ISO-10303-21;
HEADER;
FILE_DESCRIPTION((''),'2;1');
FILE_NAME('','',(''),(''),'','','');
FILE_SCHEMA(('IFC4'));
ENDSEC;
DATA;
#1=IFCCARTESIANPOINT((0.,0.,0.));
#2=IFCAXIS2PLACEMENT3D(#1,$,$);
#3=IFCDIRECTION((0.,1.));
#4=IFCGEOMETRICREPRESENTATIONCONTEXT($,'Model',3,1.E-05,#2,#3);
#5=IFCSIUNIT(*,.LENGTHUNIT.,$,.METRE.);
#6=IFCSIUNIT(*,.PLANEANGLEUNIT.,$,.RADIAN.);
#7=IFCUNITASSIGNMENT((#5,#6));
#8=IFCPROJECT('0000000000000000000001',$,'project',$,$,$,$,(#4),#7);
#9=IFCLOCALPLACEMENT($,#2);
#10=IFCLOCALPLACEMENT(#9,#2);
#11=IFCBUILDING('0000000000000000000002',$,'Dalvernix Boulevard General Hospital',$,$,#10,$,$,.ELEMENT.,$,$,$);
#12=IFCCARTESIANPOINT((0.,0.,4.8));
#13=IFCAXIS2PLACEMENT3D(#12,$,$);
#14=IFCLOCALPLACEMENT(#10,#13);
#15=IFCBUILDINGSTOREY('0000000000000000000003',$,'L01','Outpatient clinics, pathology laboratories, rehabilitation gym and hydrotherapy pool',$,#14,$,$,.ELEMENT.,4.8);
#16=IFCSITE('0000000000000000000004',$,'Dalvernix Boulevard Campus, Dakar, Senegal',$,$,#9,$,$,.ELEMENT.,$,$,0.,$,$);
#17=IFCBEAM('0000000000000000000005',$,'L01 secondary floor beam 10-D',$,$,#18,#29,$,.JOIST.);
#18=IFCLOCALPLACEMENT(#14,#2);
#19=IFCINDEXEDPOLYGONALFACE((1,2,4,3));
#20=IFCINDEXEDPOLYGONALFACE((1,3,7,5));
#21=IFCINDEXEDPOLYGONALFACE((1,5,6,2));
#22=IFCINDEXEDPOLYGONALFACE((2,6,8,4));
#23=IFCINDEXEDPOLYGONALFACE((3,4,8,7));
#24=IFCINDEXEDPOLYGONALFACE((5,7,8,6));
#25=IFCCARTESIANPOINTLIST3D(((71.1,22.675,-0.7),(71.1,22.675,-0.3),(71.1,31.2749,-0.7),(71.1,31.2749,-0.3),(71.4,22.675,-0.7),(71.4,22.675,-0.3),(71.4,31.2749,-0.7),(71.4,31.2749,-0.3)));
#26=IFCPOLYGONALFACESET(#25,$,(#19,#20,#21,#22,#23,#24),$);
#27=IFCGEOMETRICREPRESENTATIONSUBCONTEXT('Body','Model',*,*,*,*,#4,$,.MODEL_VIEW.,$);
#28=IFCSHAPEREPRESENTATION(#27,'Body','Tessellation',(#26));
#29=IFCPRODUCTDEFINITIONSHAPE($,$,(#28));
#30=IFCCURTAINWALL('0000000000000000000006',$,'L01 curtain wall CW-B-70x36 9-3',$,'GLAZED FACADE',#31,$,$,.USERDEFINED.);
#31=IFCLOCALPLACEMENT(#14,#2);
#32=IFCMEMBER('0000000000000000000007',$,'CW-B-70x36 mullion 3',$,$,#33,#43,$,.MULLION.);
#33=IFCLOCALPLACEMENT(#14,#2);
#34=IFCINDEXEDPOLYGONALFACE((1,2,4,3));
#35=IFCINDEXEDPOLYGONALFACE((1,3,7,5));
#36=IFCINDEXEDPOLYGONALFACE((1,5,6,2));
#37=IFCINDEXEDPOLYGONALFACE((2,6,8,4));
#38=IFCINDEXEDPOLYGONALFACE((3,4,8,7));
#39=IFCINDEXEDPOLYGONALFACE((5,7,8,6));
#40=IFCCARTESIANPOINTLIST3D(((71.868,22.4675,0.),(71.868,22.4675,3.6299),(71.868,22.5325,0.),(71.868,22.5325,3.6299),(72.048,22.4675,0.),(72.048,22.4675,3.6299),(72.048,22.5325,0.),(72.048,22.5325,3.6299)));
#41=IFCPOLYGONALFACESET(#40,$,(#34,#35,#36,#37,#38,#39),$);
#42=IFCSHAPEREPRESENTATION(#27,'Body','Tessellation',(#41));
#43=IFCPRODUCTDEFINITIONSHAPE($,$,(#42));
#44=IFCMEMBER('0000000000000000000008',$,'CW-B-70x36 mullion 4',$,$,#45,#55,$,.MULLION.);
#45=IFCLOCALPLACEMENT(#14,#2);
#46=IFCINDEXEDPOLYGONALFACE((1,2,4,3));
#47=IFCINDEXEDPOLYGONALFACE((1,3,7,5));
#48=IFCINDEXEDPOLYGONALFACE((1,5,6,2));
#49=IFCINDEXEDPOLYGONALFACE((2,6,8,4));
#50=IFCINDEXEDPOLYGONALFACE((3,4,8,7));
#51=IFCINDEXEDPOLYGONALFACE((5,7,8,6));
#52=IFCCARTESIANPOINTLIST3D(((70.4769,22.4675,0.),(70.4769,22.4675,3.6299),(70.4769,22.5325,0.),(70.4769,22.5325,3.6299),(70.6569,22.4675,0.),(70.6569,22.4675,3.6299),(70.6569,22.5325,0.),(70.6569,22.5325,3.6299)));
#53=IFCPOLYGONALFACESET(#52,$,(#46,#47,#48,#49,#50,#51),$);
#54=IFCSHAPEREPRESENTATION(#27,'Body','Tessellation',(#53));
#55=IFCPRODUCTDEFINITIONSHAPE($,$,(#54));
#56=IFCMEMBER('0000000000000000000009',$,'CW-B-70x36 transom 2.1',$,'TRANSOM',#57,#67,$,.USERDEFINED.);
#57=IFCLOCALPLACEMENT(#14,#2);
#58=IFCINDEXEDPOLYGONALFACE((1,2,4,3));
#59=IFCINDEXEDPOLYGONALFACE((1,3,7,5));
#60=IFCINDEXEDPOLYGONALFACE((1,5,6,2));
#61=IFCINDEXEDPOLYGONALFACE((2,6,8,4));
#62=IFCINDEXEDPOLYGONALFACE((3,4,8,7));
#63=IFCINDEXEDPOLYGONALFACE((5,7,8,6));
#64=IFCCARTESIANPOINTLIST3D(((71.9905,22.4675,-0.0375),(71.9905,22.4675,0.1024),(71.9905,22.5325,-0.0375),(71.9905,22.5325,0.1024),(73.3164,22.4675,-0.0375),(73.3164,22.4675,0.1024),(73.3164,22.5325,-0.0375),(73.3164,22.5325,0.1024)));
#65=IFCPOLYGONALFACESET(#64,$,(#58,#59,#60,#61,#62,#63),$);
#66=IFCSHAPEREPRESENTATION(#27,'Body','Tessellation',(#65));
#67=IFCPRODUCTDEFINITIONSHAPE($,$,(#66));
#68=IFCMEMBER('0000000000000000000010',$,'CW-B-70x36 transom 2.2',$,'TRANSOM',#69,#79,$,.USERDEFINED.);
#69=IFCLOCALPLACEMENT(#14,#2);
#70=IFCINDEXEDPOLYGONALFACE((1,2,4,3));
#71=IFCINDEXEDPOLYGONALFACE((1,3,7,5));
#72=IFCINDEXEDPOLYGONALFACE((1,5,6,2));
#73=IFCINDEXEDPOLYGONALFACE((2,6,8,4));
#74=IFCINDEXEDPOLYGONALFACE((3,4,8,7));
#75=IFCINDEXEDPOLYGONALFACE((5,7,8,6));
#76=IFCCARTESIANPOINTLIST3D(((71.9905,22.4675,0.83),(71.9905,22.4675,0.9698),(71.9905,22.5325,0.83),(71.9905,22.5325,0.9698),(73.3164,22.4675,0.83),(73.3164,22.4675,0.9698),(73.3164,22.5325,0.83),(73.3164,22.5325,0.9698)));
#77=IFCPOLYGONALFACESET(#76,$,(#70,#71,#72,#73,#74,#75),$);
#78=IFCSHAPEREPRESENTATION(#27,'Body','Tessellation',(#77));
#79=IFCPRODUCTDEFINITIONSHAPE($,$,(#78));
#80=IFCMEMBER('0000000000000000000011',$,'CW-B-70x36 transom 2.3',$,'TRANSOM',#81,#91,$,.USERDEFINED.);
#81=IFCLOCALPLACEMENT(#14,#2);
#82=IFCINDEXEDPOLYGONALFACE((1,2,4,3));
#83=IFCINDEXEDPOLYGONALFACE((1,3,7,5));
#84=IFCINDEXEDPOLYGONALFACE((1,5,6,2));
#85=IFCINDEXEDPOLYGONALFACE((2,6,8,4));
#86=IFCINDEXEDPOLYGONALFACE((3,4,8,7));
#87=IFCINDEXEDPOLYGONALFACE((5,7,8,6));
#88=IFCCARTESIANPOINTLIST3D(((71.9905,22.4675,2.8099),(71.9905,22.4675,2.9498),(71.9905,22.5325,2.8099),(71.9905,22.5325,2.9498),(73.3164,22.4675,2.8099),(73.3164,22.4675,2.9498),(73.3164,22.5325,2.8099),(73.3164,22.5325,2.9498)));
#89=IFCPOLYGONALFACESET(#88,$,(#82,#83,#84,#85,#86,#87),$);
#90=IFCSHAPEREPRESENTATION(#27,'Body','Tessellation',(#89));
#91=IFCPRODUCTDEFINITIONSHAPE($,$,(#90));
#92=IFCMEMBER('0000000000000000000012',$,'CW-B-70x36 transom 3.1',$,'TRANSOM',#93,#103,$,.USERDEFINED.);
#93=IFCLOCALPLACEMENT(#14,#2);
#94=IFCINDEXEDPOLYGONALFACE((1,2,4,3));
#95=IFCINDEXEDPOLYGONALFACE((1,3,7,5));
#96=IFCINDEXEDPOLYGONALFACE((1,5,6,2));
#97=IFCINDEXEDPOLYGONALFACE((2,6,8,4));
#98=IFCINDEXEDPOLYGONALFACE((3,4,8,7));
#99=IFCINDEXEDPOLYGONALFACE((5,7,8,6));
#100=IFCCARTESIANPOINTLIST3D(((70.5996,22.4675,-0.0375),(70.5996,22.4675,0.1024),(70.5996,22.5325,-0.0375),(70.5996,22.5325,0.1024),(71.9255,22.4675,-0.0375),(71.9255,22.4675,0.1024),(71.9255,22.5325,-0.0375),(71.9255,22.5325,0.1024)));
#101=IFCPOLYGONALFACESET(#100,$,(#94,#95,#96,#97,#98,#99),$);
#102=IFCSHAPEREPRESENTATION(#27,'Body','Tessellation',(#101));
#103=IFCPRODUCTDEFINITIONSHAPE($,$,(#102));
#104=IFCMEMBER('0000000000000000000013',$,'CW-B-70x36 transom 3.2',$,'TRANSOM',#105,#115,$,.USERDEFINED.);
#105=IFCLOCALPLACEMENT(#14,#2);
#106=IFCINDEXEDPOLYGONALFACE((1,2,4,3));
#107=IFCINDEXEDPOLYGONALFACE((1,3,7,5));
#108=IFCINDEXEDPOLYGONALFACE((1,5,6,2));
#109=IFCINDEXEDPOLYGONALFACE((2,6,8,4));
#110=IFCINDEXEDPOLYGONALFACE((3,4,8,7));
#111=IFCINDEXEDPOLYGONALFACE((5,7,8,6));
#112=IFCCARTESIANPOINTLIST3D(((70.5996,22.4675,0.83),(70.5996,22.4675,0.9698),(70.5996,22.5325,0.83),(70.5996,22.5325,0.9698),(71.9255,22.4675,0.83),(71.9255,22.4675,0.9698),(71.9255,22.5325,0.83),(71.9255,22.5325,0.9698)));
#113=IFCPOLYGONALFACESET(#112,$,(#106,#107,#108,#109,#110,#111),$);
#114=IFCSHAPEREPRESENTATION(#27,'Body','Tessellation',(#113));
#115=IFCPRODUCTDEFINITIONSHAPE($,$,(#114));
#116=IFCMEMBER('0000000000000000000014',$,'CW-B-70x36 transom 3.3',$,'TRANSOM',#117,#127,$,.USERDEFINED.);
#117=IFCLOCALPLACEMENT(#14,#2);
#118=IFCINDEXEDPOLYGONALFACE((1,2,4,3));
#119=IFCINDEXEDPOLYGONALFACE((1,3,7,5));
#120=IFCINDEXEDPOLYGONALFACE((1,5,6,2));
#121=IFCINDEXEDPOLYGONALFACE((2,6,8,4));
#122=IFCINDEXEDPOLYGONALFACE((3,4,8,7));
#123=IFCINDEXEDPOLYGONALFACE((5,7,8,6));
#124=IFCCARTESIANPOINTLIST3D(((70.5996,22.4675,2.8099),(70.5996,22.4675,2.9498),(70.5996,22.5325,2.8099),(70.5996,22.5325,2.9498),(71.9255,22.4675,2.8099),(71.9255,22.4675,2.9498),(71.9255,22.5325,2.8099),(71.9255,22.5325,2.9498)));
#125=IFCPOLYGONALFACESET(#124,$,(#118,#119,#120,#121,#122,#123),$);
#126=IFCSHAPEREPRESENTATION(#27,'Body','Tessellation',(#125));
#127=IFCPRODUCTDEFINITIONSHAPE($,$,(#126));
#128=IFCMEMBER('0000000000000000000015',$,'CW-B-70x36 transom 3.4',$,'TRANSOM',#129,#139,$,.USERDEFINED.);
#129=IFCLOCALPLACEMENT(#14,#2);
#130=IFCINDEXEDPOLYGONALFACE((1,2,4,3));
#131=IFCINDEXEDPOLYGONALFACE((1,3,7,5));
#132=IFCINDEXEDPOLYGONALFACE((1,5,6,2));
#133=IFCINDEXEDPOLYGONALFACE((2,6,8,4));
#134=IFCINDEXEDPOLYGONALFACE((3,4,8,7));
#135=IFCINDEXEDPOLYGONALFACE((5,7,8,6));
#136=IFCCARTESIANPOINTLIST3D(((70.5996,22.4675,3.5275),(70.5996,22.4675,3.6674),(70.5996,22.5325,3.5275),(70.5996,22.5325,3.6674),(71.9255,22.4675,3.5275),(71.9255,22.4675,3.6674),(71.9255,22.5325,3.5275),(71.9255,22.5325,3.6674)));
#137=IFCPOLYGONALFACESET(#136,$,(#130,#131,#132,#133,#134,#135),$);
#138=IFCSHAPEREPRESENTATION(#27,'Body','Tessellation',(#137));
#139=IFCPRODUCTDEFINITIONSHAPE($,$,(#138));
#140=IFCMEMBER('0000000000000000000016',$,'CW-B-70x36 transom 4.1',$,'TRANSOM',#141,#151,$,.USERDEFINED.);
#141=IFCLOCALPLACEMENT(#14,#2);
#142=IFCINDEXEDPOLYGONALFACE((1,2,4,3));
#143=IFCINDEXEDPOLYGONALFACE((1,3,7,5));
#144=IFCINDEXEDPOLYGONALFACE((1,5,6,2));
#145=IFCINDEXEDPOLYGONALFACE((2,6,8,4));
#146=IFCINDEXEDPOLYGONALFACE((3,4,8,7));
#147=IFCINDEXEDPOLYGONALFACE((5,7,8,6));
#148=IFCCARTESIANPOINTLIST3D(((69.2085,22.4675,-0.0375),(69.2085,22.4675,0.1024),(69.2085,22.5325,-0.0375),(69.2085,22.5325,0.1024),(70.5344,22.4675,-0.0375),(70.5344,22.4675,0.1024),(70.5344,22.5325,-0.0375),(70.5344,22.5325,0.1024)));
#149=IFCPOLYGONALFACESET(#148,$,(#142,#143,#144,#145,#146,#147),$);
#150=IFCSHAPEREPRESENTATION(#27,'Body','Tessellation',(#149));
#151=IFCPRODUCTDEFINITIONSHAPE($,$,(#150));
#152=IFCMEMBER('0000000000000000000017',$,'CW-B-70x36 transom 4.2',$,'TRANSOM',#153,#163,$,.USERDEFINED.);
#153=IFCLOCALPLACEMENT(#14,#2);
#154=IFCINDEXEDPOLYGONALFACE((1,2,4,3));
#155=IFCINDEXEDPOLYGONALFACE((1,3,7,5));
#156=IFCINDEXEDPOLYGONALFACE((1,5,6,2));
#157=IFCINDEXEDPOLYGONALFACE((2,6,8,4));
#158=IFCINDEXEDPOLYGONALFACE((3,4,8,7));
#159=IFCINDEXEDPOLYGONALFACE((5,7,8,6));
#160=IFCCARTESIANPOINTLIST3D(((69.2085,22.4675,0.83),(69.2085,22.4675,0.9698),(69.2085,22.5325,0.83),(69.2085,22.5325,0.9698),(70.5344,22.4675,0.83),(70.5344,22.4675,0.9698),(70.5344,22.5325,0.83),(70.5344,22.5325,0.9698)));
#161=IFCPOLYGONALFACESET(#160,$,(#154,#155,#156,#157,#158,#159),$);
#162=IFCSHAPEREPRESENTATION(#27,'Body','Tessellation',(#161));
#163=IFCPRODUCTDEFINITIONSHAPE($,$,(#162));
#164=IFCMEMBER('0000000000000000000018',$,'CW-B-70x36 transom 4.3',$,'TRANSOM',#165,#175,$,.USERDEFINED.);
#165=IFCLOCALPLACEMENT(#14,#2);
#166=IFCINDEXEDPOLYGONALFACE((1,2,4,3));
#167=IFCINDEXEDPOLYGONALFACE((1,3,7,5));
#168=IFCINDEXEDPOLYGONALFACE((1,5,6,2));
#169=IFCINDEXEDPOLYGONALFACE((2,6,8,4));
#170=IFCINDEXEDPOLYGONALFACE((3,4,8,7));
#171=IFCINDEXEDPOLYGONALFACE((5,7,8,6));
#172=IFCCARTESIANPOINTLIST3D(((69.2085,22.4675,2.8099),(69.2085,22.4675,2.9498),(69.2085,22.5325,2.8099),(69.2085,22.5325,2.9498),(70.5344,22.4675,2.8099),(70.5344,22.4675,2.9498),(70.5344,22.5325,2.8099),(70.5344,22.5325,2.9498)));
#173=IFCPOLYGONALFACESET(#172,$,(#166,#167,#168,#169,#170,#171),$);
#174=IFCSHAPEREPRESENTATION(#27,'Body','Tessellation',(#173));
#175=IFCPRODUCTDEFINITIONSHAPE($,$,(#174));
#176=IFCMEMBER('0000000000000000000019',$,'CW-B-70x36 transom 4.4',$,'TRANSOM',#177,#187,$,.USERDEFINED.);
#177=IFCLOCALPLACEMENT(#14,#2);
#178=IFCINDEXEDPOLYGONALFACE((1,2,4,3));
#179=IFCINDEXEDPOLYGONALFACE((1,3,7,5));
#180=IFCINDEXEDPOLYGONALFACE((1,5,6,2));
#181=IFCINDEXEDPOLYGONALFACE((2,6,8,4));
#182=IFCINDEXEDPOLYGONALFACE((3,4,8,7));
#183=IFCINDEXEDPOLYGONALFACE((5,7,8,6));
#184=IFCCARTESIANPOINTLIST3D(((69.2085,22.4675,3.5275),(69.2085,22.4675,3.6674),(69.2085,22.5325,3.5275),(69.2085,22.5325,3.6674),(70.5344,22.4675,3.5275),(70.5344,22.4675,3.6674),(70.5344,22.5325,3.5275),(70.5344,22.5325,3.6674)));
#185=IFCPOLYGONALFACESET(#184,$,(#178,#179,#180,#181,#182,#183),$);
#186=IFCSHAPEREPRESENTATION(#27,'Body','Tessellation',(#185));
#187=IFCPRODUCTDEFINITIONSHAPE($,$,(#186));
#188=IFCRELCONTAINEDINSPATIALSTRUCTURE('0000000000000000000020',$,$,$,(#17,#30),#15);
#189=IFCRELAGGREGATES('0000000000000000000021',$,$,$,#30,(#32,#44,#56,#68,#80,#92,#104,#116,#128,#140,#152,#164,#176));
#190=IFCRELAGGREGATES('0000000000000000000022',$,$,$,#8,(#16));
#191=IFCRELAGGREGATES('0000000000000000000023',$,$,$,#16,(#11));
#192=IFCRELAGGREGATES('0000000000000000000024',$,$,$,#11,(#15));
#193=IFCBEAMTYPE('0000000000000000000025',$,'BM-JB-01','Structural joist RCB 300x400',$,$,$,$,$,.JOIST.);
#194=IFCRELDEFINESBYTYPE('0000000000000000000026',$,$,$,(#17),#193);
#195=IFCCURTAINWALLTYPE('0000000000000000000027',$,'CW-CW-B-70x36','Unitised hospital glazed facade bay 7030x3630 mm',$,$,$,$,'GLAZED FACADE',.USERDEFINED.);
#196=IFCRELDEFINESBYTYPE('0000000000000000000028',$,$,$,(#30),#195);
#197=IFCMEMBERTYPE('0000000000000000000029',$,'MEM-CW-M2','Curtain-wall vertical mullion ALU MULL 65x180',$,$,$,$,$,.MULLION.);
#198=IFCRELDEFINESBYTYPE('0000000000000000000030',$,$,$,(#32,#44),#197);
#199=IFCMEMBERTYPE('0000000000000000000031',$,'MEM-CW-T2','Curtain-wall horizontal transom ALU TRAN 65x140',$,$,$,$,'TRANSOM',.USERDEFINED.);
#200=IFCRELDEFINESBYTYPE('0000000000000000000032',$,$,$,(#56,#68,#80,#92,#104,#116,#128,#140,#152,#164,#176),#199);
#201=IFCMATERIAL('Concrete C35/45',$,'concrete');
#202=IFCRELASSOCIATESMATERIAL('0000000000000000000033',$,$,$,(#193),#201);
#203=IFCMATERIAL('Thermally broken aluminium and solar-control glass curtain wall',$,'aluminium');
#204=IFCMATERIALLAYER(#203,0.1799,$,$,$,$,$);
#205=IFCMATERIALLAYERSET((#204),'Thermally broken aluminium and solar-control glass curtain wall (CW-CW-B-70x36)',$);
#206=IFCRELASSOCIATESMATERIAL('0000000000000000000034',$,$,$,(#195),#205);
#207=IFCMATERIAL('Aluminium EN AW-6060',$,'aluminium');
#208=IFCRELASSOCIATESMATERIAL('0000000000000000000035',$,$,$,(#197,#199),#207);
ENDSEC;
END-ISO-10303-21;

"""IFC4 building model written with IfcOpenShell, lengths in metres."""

from ifc_helpers import new_model, si_unit, direction, frame, origin, origin_2d, place, context, subcontext, project, spatial, rectangle, extrude, material, layer, layer_set, material_profile, profile_set, type_object, element, aggregate, save


model = new_model("IFC4")

# Units and contexts
model_context = context("Model", 3, precision=1e-05, world=origin(), true_north=direction((0.0, 1.0)))
body_context = subcontext(model_context, "Body", "Model", "MODEL_VIEW")
ifc_project = project(units=[si_unit("LENGTHUNIT", "METRE"), si_unit("PLANEANGLEUNIT", "RADIAN")], contexts=[model_context])

# Site, building, storey
site_placement = place(None, origin())
site = spatial("IfcSite", under=ifc_project, at=site_placement, Name="Dalvernix Boulevard Campus, Dakar, Senegal", CompositionType="ELEMENT", RefElevation=0.0)
building_placement = place(site_placement, origin())
building = spatial("IfcBuilding", under=site, at=building_placement, Name="Dalvernix Boulevard General Hospital", CompositionType="ELEMENT")
storey_placement = place(building_placement, frame((0.0, 0.0, 4.8)))
storey = spatial("IfcBuildingStorey", under=building, at=storey_placement, Name="L01", Description="Outpatient clinics, pathology laboratories, rehabilitation gym and hydrotherapy pool", CompositionType="ELEMENT", Elevation=4.8)

# Beam
ifc_material_1 = material(Name="Concrete C35/45", Category="concrete")
ifc_material_profile_1 = material_profile(ifc_material_1, rectangle(XDim=0.3, YDim=0.3999, at=origin_2d()), Name="RCB 300x400")
ifc_profile_set_1 = profile_set([ifc_material_profile_1], Name="Concrete C35/45")
beam_type = type_object("IfcBeamType", Name="BM-JB-01", Description="Structural joist RCB 300x400", PredefinedType="JOIST", material=ifc_profile_set_1)
beam_placement = place(storey_placement, frame((71.25, 22.675, -0.5), z_axis=(0.0, 1.0, 0.0), x_axis=(-1.0, 0.0, 0.0)))
element("IfcBeam", 1, at=beam_placement, inside=storey, type_object=beam_type, Name="L01 secondary floor beam 10-D", PredefinedType="JOIST", context=body_context, shape_type="SweptSolid", body=[
    extrude(rectangle(XDim=0.3, YDim=0.3999, at=origin_2d()), origin(), (0.0, 0.0, 1.0), 8.5999),
])

# Curtain wall, members
ifc_material_2 = material(Name="Thermally broken aluminium and solar-control glass curtain wall", Category="aluminium")
ifc_layer_1 = layer(ifc_material_2, 0.1799)
ifc_layer_set_1 = layer_set([ifc_layer_1], Name="Thermally broken aluminium and solar-control glass curtain wall (CW-CW-B-70x36)")
curtain_wall_type = type_object("IfcCurtainWallType", Name="CW-CW-B-70x36", Description="Unitised hospital glazed facade bay 7030x3630 mm", ElementType="GLAZED FACADE", PredefinedType="USERDEFINED", material=ifc_layer_set_1)
curtain_wall_placement = place(storey_placement, origin())
curtain_wall = element("IfcCurtainWall", 2, at=curtain_wall_placement, inside=storey, type_object=curtain_wall_type, Name="L01 curtain wall CW-B-70x36 9-3", ObjectType="GLAZED FACADE", PredefinedType="USERDEFINED")
ifc_material_3 = material(Name="Aluminium EN AW-6060", Category="aluminium")
ifc_material_profile_2 = material_profile(ifc_material_3, rectangle(XDim=0.0649, YDim=0.1799, at=origin_2d()), Name="ALU MULL 65x180")
ifc_profile_set_2 = profile_set([ifc_material_profile_2], Name="Aluminium EN AW-6060")
member_type_1 = type_object("IfcMemberType", Name="MEM-CW-M2", Description="Curtain-wall vertical mullion ALU MULL 65x180", PredefinedType="MULLION", material=ifc_profile_set_2)
member_1_placement = place(storey_placement, frame((71.958, 22.5, 0.0), z_axis=(0.0, 0.0, 1.0), x_axis=(0.0, -1.0, 0.0)))
member_1 = element("IfcMember", 3, at=member_1_placement, type_object=member_type_1, Name="CW-B-70x36 mullion 3", PredefinedType="MULLION", context=body_context, shape_type="SweptSolid", body=[
    extrude(rectangle(XDim=0.0649, YDim=0.1799, at=origin_2d()), origin(), (0.0, 0.0, 1.0), 3.6299),
])
member_2_placement = place(storey_placement, frame((70.5669, 22.5, 0.0), z_axis=(0.0, 0.0, 1.0), x_axis=(0.0, -1.0, 0.0)))
member_2 = element("IfcMember", 4, at=member_2_placement, type_object=member_type_1, Name="CW-B-70x36 mullion 4", PredefinedType="MULLION", context=body_context, shape_type="SweptSolid", body=[
    extrude(rectangle(XDim=0.0649, YDim=0.1799, at=origin_2d()), origin(), (0.0, 0.0, 1.0), 3.6299),
])
ifc_material_profile_3 = material_profile(ifc_material_3, rectangle(XDim=0.0649, YDim=0.1399, at=origin_2d()), Name="ALU TRAN 65x140")
ifc_profile_set_3 = profile_set([ifc_material_profile_3], Name="Aluminium EN AW-6060")
member_type_2 = type_object("IfcMemberType", Name="MEM-CW-T2", Description="Curtain-wall horizontal transom ALU TRAN 65x140", ElementType="TRANSOM", PredefinedType="USERDEFINED", material=ifc_profile_set_3)
member_3_placement = place(storey_placement, frame((73.3164, 22.5, 0.0325), z_axis=(-1.0, 0.0, 0.0), x_axis=(0.0, -1.0, 0.0)))
member_3 = element("IfcMember", 5, at=member_3_placement, type_object=member_type_2, Name="CW-B-70x36 transom 2.1", ObjectType="TRANSOM", PredefinedType="USERDEFINED", context=body_context, shape_type="SweptSolid", body=[
    extrude(rectangle(XDim=0.0649, YDim=0.1399, at=origin_2d()), origin(), (0.0, 0.0, 1.0), 1.3259),
])
member_4_placement = place(storey_placement, frame((73.3164, 22.5, 0.8999), z_axis=(-1.0, 0.0, 0.0), x_axis=(0.0, -1.0, 0.0)))
member_4 = element("IfcMember", 6, at=member_4_placement, type_object=member_type_2, Name="CW-B-70x36 transom 2.2", ObjectType="TRANSOM", PredefinedType="USERDEFINED", context=body_context, shape_type="SweptSolid", body=[
    extrude(rectangle(XDim=0.0649, YDim=0.1399, at=origin_2d()), origin(), (0.0, 0.0, 1.0), 1.3259),
])
member_5_placement = place(storey_placement, frame((73.3164, 22.5, 2.8799), z_axis=(-1.0, 0.0, 0.0), x_axis=(0.0, -1.0, 0.0)))
member_5 = element("IfcMember", 7, at=member_5_placement, type_object=member_type_2, Name="CW-B-70x36 transom 2.3", ObjectType="TRANSOM", PredefinedType="USERDEFINED", context=body_context, shape_type="SweptSolid", body=[
    extrude(rectangle(XDim=0.0649, YDim=0.1399, at=origin_2d()), origin(), (0.0, 0.0, 1.0), 1.3259),
])
member_6_placement = place(storey_placement, frame((71.9255, 22.5, 0.0325), z_axis=(-1.0, 0.0, 0.0), x_axis=(0.0, -1.0, 0.0)))
member_6 = element("IfcMember", 8, at=member_6_placement, type_object=member_type_2, Name="CW-B-70x36 transom 3.1", ObjectType="TRANSOM", PredefinedType="USERDEFINED", context=body_context, shape_type="SweptSolid", body=[
    extrude(rectangle(XDim=0.0649, YDim=0.1399, at=origin_2d()), origin(), (0.0, 0.0, 1.0), 1.3259),
])
member_7_placement = place(storey_placement, frame((71.9255, 22.5, 0.8999), z_axis=(-1.0, 0.0, 0.0), x_axis=(0.0, -1.0, 0.0)))
member_7 = element("IfcMember", 9, at=member_7_placement, type_object=member_type_2, Name="CW-B-70x36 transom 3.2", ObjectType="TRANSOM", PredefinedType="USERDEFINED", context=body_context, shape_type="SweptSolid", body=[
    extrude(rectangle(XDim=0.0649, YDim=0.1399, at=origin_2d()), origin(), (0.0, 0.0, 1.0), 1.3259),
])
member_8_placement = place(storey_placement, frame((71.9255, 22.5, 2.8799), z_axis=(-1.0, 0.0, 0.0), x_axis=(0.0, -1.0, 0.0)))
member_8 = element("IfcMember", 10, at=member_8_placement, type_object=member_type_2, Name="CW-B-70x36 transom 3.3", ObjectType="TRANSOM", PredefinedType="USERDEFINED", context=body_context, shape_type="SweptSolid", body=[
    extrude(rectangle(XDim=0.0649, YDim=0.1399, at=origin_2d()), origin(), (0.0, 0.0, 1.0), 1.3259),
])
member_9_placement = place(storey_placement, frame((71.9255, 22.5, 3.5974), z_axis=(-1.0, 0.0, 0.0), x_axis=(0.0, -1.0, 0.0)))
member_9 = element("IfcMember", 11, at=member_9_placement, type_object=member_type_2, Name="CW-B-70x36 transom 3.4", ObjectType="TRANSOM", PredefinedType="USERDEFINED", context=body_context, shape_type="SweptSolid", body=[
    extrude(rectangle(XDim=0.0649, YDim=0.1399, at=origin_2d()), origin(), (0.0, 0.0, 1.0), 1.3259),
])
member_10_placement = place(storey_placement, frame((70.5344, 22.5, 0.0325), z_axis=(-1.0, 0.0, 0.0), x_axis=(0.0, -1.0, 0.0)))
member_10 = element("IfcMember", 12, at=member_10_placement, type_object=member_type_2, Name="CW-B-70x36 transom 4.1", ObjectType="TRANSOM", PredefinedType="USERDEFINED", context=body_context, shape_type="SweptSolid", body=[
    extrude(rectangle(XDim=0.0649, YDim=0.1399, at=origin_2d()), origin(), (0.0, 0.0, 1.0), 1.3259),
])
member_11_placement = place(storey_placement, frame((70.5344, 22.5, 0.8999), z_axis=(-1.0, 0.0, 0.0), x_axis=(0.0, -1.0, 0.0)))
member_11 = element("IfcMember", 13, at=member_11_placement, type_object=member_type_2, Name="CW-B-70x36 transom 4.2", ObjectType="TRANSOM", PredefinedType="USERDEFINED", context=body_context, shape_type="SweptSolid", body=[
    extrude(rectangle(XDim=0.0649, YDim=0.1399, at=origin_2d()), origin(), (0.0, 0.0, 1.0), 1.3259),
])
member_12_placement = place(storey_placement, frame((70.5344, 22.5, 2.8799), z_axis=(-1.0, 0.0, 0.0), x_axis=(0.0, -1.0, 0.0)))
member_12 = element("IfcMember", 14, at=member_12_placement, type_object=member_type_2, Name="CW-B-70x36 transom 4.3", ObjectType="TRANSOM", PredefinedType="USERDEFINED", context=body_context, shape_type="SweptSolid", body=[
    extrude(rectangle(XDim=0.0649, YDim=0.1399, at=origin_2d()), origin(), (0.0, 0.0, 1.0), 1.3259),
])
member_13_placement = place(storey_placement, frame((70.5344, 22.5, 3.5974), z_axis=(-1.0, 0.0, 0.0), x_axis=(0.0, -1.0, 0.0)))
member_13 = element("IfcMember", 15, at=member_13_placement, type_object=member_type_2, Name="CW-B-70x36 transom 4.4", ObjectType="TRANSOM", PredefinedType="USERDEFINED", context=body_context, shape_type="SweptSolid", body=[
    extrude(rectangle(XDim=0.0649, YDim=0.1399, at=origin_2d()), origin(), (0.0, 0.0, 1.0), 1.3259),
])
aggregate(curtain_wall, [member_1, member_2, member_3, member_4, member_5, member_6, member_7, member_8, member_9, member_10, member_11, member_12, member_13])

save(model, "model.ifc")
